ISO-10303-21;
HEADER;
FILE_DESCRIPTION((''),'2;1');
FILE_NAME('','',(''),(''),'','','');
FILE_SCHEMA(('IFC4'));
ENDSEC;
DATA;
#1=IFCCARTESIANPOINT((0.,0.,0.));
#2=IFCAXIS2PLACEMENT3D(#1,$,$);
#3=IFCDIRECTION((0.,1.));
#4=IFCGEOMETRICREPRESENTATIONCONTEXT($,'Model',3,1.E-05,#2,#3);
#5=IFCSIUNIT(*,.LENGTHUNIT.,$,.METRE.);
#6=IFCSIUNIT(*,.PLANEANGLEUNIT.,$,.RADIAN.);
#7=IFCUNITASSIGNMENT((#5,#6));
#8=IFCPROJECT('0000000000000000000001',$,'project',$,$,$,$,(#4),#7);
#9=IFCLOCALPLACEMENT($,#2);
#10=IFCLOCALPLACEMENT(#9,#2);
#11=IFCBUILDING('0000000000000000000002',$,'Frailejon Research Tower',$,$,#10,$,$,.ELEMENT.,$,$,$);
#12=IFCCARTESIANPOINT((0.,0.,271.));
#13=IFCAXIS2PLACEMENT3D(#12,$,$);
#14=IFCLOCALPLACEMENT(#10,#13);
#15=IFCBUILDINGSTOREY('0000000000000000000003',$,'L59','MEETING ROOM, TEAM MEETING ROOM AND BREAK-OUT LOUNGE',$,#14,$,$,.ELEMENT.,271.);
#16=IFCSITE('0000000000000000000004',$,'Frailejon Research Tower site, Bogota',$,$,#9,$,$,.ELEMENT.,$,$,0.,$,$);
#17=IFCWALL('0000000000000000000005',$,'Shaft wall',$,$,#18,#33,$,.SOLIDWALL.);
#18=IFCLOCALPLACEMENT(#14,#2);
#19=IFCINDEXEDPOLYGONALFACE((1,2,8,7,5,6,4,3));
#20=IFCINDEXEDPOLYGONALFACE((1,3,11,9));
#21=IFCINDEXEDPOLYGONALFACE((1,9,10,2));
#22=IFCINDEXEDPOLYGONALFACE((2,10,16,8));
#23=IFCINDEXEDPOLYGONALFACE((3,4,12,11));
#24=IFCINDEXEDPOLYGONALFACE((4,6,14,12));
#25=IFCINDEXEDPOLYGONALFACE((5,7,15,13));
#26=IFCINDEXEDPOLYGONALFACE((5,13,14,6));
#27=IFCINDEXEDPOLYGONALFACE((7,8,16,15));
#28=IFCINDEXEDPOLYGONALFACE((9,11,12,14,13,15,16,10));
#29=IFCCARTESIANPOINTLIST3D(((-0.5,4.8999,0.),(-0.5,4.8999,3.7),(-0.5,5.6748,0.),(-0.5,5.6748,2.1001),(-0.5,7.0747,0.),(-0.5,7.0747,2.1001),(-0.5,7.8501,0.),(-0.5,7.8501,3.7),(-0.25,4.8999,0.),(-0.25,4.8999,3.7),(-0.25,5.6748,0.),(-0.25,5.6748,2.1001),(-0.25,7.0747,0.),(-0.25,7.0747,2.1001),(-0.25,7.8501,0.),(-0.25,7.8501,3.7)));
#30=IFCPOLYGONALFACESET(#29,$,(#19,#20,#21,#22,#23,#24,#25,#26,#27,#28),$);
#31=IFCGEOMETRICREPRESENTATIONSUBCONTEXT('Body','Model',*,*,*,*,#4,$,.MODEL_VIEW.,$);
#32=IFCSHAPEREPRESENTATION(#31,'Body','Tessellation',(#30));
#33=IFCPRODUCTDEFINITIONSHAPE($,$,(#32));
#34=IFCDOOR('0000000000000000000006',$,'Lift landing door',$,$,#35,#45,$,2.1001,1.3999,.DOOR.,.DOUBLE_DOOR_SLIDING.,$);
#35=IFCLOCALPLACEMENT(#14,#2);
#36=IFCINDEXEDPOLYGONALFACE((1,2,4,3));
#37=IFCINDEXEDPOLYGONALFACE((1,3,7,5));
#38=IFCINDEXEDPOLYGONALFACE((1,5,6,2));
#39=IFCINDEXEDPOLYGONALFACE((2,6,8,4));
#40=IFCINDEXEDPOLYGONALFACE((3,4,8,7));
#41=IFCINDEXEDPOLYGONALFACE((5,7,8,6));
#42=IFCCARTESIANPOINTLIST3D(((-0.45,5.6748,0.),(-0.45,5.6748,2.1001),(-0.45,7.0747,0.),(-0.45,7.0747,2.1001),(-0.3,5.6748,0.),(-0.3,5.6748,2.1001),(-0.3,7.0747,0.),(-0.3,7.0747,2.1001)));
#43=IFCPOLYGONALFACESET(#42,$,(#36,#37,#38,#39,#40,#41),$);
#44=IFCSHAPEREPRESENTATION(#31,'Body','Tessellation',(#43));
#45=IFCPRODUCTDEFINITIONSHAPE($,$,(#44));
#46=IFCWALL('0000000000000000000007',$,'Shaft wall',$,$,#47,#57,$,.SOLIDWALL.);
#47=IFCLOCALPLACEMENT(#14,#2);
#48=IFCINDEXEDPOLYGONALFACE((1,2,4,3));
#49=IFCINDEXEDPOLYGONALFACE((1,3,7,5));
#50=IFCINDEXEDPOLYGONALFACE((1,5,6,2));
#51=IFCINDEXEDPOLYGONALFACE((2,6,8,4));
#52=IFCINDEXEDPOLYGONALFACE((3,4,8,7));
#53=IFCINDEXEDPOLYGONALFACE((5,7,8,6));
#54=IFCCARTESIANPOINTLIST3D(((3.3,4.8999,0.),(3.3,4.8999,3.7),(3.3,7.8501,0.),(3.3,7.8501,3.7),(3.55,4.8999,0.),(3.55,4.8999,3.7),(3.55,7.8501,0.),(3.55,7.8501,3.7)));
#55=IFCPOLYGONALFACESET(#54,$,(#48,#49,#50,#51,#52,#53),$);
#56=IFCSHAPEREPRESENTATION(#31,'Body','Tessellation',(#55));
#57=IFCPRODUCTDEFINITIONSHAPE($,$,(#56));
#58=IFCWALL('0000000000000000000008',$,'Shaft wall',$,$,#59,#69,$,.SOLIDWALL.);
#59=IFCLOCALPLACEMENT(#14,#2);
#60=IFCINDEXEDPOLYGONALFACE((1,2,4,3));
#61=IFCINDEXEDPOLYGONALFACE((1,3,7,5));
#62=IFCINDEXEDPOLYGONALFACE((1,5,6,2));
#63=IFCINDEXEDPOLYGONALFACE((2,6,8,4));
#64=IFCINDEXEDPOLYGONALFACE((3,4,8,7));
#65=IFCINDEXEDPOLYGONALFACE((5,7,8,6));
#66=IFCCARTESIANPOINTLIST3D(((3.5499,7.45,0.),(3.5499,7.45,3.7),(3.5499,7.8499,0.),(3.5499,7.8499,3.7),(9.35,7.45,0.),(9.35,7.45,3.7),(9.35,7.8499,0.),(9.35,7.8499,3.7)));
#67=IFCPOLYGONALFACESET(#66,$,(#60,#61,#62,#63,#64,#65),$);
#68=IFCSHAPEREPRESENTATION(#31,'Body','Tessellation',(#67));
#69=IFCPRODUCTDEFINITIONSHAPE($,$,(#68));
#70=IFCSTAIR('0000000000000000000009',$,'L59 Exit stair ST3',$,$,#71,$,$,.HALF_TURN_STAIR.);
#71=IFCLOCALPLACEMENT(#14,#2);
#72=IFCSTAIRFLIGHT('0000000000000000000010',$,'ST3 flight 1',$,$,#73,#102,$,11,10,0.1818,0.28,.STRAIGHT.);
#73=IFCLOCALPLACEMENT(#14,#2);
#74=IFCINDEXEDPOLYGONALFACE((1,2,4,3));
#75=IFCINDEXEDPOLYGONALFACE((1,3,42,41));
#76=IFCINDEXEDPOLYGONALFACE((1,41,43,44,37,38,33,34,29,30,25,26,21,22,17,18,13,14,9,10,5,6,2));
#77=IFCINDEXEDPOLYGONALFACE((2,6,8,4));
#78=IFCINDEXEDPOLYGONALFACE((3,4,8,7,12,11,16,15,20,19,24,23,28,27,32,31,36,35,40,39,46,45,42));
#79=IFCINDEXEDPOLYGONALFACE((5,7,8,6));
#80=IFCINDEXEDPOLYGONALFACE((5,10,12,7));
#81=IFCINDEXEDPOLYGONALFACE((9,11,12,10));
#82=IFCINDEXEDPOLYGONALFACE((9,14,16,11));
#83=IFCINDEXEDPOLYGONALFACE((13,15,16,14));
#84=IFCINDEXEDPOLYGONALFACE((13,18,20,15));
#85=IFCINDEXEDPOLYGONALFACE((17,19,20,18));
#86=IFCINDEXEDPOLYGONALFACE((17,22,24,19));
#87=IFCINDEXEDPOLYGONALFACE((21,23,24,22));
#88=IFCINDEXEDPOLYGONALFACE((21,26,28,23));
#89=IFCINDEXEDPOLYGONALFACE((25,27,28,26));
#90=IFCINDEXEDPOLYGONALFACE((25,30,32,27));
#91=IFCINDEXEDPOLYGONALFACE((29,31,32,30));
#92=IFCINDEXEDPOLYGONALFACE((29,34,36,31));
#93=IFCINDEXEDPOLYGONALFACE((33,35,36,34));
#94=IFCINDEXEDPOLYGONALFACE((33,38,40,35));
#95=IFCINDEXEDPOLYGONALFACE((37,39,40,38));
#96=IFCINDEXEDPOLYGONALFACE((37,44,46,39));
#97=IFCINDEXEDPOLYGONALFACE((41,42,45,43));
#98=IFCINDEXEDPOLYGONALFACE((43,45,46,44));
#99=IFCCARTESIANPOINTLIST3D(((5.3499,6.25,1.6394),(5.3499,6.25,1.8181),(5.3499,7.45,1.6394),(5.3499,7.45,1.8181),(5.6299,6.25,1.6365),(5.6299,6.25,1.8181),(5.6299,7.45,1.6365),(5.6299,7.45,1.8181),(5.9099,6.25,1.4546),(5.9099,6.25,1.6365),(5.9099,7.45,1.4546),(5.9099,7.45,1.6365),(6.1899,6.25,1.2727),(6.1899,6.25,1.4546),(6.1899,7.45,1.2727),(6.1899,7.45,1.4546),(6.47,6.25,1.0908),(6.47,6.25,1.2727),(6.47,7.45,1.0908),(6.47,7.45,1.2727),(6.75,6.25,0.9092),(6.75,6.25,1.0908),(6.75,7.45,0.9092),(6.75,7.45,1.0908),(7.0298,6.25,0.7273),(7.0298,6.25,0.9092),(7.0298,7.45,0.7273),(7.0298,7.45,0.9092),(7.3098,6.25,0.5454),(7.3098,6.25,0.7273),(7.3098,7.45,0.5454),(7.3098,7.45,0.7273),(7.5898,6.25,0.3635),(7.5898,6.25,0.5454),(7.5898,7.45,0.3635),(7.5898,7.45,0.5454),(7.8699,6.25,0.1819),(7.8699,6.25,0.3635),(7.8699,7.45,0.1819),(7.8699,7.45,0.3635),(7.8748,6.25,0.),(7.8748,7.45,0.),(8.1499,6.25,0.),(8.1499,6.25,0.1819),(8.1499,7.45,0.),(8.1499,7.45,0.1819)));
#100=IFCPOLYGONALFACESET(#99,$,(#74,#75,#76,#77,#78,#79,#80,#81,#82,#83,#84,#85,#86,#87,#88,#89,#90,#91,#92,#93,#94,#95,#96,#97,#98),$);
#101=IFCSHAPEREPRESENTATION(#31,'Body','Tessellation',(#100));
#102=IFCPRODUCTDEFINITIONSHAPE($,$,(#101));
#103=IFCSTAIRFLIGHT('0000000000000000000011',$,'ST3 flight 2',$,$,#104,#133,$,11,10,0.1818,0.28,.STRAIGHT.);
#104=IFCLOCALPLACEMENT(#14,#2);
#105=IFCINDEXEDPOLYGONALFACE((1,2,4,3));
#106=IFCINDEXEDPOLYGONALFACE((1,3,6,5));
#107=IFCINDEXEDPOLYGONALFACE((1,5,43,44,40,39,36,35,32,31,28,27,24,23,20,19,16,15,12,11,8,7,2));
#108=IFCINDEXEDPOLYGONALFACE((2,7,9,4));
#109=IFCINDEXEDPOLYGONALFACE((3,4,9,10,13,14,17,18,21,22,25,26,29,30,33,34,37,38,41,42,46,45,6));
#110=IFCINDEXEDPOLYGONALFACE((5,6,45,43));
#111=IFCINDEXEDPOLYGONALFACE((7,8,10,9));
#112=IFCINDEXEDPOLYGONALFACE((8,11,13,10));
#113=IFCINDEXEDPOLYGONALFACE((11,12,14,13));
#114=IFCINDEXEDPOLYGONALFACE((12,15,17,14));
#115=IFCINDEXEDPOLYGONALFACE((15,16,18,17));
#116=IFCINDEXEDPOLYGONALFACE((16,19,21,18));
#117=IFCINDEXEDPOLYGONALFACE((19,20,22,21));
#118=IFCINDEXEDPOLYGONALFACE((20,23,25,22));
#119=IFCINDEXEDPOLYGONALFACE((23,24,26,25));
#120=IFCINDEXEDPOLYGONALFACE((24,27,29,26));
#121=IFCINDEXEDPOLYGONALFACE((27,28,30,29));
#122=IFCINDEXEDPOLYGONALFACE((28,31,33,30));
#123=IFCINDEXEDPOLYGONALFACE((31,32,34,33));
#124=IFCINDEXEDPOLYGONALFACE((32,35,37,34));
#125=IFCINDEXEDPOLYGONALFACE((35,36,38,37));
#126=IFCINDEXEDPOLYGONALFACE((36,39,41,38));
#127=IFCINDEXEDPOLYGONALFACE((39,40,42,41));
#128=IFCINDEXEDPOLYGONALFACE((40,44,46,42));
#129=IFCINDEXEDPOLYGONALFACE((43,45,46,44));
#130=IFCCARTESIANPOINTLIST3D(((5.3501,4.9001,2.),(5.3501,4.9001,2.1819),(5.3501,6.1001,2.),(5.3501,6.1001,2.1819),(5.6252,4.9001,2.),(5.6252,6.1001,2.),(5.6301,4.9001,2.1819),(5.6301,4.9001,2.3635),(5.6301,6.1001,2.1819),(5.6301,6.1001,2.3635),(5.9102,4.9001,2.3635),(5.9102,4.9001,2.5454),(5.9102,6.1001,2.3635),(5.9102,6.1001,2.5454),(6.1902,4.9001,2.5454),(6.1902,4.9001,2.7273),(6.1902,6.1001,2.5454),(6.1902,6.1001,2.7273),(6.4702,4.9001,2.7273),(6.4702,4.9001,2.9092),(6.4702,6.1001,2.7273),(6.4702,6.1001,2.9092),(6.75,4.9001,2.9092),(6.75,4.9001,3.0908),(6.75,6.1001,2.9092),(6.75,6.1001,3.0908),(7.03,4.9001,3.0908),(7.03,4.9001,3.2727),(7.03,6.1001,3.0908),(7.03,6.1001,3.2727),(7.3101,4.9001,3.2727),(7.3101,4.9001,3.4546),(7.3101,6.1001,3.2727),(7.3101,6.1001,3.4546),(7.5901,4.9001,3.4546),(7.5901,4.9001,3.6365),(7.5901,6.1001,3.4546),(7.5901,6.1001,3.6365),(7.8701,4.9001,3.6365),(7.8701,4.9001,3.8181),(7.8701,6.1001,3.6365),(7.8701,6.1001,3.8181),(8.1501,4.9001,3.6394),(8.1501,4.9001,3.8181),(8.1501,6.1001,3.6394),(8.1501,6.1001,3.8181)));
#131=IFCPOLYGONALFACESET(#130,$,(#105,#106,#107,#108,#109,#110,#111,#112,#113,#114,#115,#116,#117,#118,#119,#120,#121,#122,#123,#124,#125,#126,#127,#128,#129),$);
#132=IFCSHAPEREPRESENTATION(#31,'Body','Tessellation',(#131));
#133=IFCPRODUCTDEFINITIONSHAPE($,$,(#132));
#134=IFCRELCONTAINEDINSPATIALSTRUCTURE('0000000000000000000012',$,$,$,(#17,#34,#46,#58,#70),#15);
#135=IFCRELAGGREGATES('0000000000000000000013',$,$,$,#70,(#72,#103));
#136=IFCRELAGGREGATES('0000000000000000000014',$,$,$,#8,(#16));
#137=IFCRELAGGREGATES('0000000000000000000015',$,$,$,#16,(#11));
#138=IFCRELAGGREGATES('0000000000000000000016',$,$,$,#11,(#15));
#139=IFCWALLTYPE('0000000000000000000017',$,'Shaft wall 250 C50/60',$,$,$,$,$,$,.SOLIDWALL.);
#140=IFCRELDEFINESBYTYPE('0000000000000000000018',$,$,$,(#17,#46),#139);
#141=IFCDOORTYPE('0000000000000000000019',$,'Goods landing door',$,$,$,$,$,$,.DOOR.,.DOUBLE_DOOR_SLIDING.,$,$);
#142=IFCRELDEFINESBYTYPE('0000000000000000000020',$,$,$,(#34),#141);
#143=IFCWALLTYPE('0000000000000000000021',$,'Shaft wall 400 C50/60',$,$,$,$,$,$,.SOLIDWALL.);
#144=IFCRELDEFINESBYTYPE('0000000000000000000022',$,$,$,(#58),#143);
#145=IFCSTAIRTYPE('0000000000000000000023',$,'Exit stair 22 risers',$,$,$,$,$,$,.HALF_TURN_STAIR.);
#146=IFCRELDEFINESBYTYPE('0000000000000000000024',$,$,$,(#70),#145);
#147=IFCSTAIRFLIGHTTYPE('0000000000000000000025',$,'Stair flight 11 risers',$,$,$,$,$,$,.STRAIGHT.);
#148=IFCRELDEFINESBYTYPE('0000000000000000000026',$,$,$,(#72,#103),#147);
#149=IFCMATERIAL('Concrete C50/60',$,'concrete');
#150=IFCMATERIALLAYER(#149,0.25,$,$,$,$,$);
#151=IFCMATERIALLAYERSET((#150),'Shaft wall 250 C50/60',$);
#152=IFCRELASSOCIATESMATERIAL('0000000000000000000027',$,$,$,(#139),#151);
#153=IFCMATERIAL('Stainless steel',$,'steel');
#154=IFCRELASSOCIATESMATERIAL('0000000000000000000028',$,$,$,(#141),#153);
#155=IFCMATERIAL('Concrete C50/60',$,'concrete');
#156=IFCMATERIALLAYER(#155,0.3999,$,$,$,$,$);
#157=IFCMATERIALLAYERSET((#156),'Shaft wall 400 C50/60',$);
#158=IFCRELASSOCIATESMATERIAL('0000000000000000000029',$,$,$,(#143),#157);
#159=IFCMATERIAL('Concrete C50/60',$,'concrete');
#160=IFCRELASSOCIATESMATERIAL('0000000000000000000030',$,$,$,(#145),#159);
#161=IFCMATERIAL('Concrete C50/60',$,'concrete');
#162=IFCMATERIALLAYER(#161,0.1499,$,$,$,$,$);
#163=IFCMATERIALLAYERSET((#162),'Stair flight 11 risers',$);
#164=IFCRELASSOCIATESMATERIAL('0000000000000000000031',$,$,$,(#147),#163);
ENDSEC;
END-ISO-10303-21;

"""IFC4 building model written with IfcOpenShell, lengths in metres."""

from ifc_helpers import new_model, si_unit, direction, frame, frame_2d, origin, place, context, subcontext, project, spatial, polyline, rectangle, outline, extrude, material, layer, layer_set, type_object, element, fill, aggregate, save


model = new_model("IFC4")

# Units and contexts
model_context = context("Model", 3, precision=1e-05, world=origin(), true_north=direction((0.0, 1.0)))
body_context = subcontext(model_context, "Body", "Model", "MODEL_VIEW")
ifc_project = project(units=[si_unit("LENGTHUNIT", "METRE"), si_unit("PLANEANGLEUNIT", "RADIAN")], contexts=[model_context])

# Site, building, storey
site_placement = place(None, origin())
site = spatial("IfcSite", under=ifc_project, at=site_placement, Name="Frailejon Research Tower site, Bogota", CompositionType="ELEMENT", RefElevation=0.0)
building_placement = place(site_placement, origin())
building = spatial("IfcBuilding", under=site, at=building_placement, Name="Frailejon Research Tower", CompositionType="ELEMENT")
storey_placement = place(building_placement, frame((0.0, 0.0, 271.0)))
storey = spatial("IfcBuildingStorey", under=building, at=storey_placement, Name="L59", Description="MEETING ROOM, TEAM MEETING ROOM AND BREAK-OUT LOUNGE", CompositionType="ELEMENT", Elevation=271.0)

# Wall, opening, door
ifc_material_1 = material(Name="Concrete C50/60", Category="concrete")
ifc_layer_1 = layer(ifc_material_1, 0.25)
ifc_layer_set_1 = layer_set([ifc_layer_1], Name="Shaft wall 250 C50/60")
wall_type_1 = type_object("IfcWallType", Name="Shaft wall 250 C50/60", PredefinedType="SOLIDWALL", material=ifc_layer_set_1)
wall_1_placement = place(storey_placement, frame((-0.375, 4.8999, 0.0), z_axis=(0.0, 0.0, 1.0), x_axis=(0.0, 1.0, 0.0)))
wall_1 = element("IfcWall", 1, at=wall_1_placement, inside=storey, type_object=wall_type_1, Name="Shaft wall", PredefinedType="SOLIDWALL", context=body_context, shape_type="SweptSolid", body=[
    extrude(rectangle(XDim=2.9502, YDim=0.25, at=frame_2d((1.4751, 0.0))), origin(), (0.0, 0.0, 1.0), 3.7),
])
opening_1_placement = place(wall_1_placement, frame((0.7749, 0.0, 0.0)))
opening_1 = element("IfcOpeningElement", 2, at=opening_1_placement, cuts=wall_1, PredefinedType="OPENING", context=body_context, shape_type="SweptSolid", body=[
    extrude(rectangle(XDim=1.3999, YDim=2.1001, at=frame_2d((0.7, 1.05))), frame((0.0, 0.135, 0.0), z_axis=(0.0, -1.0, 0.0), x_axis=(1.0, 0.0, 0.0)), (0.0, 0.0, 1.0), 0.27),
])
ifc_material_2 = material(Name="Stainless steel", Category="steel")
door_type_1 = type_object("IfcDoorType", Name="Goods landing door", OperationType="DOUBLE_DOOR_SLIDING", PredefinedType="DOOR", material=ifc_material_2)
door_1_placement = place(opening_1_placement, origin())
door_1 = element("IfcDoor", 3, at=door_1_placement, inside=storey, type_object=door_type_1, Name="Lift landing door", OperationType="DOUBLE_DOOR_SLIDING", OverallHeight=2.1001, OverallWidth=1.3999, PredefinedType="DOOR", context=body_context, shape_type="SweptSolid", body=[
    extrude(rectangle(XDim=1.3999, YDim=2.1001, at=frame_2d((0.7, 1.05))), frame((0.0, 0.075, 0.0), z_axis=(0.0, -1.0, 0.0), x_axis=(1.0, 0.0, 0.0)), (0.0, 0.0, 1.0), 0.1499),
])
fill(opening_1, door_1)

# Walls
wall_2_placement = place(storey_placement, frame((3.425, 4.8999, 0.0), z_axis=(0.0, 0.0, 1.0), x_axis=(0.0, 1.0, 0.0)))
element("IfcWall", 4, at=wall_2_placement, inside=storey, type_object=wall_type_1, Name="Shaft wall", PredefinedType="SOLIDWALL", context=body_context, shape_type="SweptSolid", body=[
    extrude(rectangle(XDim=2.9502, YDim=0.25, at=frame_2d((1.4751, 0.0))), origin(), (0.0, 0.0, 1.0), 3.7),
])
ifc_material_3 = material(Name="Concrete C50/60", Category="concrete")
ifc_layer_2 = layer(ifc_material_3, 0.3999)
ifc_layer_set_2 = layer_set([ifc_layer_2], Name="Shaft wall 400 C50/60")
wall_type_2 = type_object("IfcWallType", Name="Shaft wall 400 C50/60", PredefinedType="SOLIDWALL", material=ifc_layer_set_2)
wall_3_placement = place(storey_placement, frame((3.55, 7.6499, 0.0), z_axis=(0.0, 0.0, 1.0), x_axis=(1.0, 0.0, 0.0)))
element("IfcWall", 5, at=wall_3_placement, inside=storey, type_object=wall_type_2, Name="Shaft wall", PredefinedType="SOLIDWALL", context=body_context, shape_type="SweptSolid", body=[
    extrude(rectangle(XDim=5.8, YDim=0.3999, at=frame_2d((2.8999, 0.0))), origin(), (0.0, 0.0, 1.0), 3.7),
])

# Stair, stair flights
ifc_material_4 = material(Name="Concrete C50/60", Category="concrete")
stair_type = type_object("IfcStairType", Name="Exit stair 22 risers", PredefinedType="HALF_TURN_STAIR", material=ifc_material_4)
stair_placement = place(storey_placement, origin())
stair = element("IfcStair", 6, at=stair_placement, inside=storey, type_object=stair_type, Name="L59 Exit stair ST3", PredefinedType="HALF_TURN_STAIR")
ifc_material_5 = material(Name="Concrete C50/60", Category="concrete")
ifc_layer_3 = layer(ifc_material_5, 0.1499)
ifc_layer_set_3 = layer_set([ifc_layer_3], Name="Stair flight 11 risers")
stair_flight_type = type_object("IfcStairFlightType", Name="Stair flight 11 risers", PredefinedType="STRAIGHT", material=ifc_layer_set_3)
stair_flight_1_placement = place(storey_placement, frame((8.1499, 6.8501, 0.0), z_axis=(0.0, 0.0, 1.0), x_axis=(-1.0, 0.0, 0.0)))
stair_flight_1 = element("IfcStairFlight", 7, at=stair_flight_1_placement, type_object=stair_flight_type, Name="ST3 flight 1", NumberOfRisers=11, NumberOfTreads=10, PredefinedType="STRAIGHT", RiserHeight=0.1818, TreadLength=0.28, context=body_context, shape_type="SweptSolid", body=[
    extrude(outline(polyline([(0.0, 0.0), (0.0, 0.1819), (0.28, 0.1819), (0.28, 0.3635), (0.5601, 0.3635), (0.5601, 0.5454), (0.8401, 0.5454), (0.8401, 0.7273), (1.1201, 0.7273), (1.1201, 0.9092), (1.3999, 0.9092), (1.3999, 1.0908), (1.6799, 1.0908), (1.6799, 1.2727), (1.96, 1.2727), (1.96, 1.4546), (2.24, 1.4546), (2.24, 1.6365), (2.52, 1.6365), (2.52, 1.8181), (2.8, 1.8181), (2.8, 2.0), (2.8, 1.6394), (0.2751, 0.0), (0.0, 0.0)])), frame((0.0, 0.6001, 0.0), z_axis=(0.0, -1.0, 0.0), x_axis=(1.0, 0.0, 0.0)), (0.0, 0.0, 1.0), 1.2),
])
stair_flight_2_placement = place(storey_placement, frame((5.3501, 5.5, 2.0), z_axis=(0.0, 0.0, 1.0), x_axis=(1.0, 0.0, 0.0)))
stair_flight_2 = element("IfcStairFlight", 8, at=stair_flight_2_placement, type_object=stair_flight_type, Name="ST3 flight 2", NumberOfRisers=11, NumberOfTreads=10, PredefinedType="STRAIGHT", RiserHeight=0.1818, TreadLength=0.28, context=body_context, shape_type="SweptSolid", body=[
    extrude(outline(polyline([(0.0, 0.0), (0.0, 0.1819), (0.28, 0.1819), (0.28, 0.3635), (0.5601, 0.3635), (0.5601, 0.5454), (0.8401, 0.5454), (0.8401, 0.7273), (1.1201, 0.7273), (1.1201, 0.9092), (1.3999, 0.9092), (1.3999, 1.0908), (1.6799, 1.0908), (1.6799, 1.2727), (1.96, 1.2727), (1.96, 1.4546), (2.24, 1.4546), (2.24, 1.6365), (2.52, 1.6365), (2.52, 1.8181), (2.8, 1.8181), (2.8, 2.0), (2.8, 1.6394), (0.2751, 0.0), (0.0, 0.0)])), frame((0.0, 0.6001, 0.0), z_axis=(0.0, -1.0, 0.0), x_axis=(1.0, 0.0, 0.0)), (0.0, 0.0, 1.0), 1.2),
])
aggregate(stair, [stair_flight_1, stair_flight_2])

save(model, "model.ifc")
